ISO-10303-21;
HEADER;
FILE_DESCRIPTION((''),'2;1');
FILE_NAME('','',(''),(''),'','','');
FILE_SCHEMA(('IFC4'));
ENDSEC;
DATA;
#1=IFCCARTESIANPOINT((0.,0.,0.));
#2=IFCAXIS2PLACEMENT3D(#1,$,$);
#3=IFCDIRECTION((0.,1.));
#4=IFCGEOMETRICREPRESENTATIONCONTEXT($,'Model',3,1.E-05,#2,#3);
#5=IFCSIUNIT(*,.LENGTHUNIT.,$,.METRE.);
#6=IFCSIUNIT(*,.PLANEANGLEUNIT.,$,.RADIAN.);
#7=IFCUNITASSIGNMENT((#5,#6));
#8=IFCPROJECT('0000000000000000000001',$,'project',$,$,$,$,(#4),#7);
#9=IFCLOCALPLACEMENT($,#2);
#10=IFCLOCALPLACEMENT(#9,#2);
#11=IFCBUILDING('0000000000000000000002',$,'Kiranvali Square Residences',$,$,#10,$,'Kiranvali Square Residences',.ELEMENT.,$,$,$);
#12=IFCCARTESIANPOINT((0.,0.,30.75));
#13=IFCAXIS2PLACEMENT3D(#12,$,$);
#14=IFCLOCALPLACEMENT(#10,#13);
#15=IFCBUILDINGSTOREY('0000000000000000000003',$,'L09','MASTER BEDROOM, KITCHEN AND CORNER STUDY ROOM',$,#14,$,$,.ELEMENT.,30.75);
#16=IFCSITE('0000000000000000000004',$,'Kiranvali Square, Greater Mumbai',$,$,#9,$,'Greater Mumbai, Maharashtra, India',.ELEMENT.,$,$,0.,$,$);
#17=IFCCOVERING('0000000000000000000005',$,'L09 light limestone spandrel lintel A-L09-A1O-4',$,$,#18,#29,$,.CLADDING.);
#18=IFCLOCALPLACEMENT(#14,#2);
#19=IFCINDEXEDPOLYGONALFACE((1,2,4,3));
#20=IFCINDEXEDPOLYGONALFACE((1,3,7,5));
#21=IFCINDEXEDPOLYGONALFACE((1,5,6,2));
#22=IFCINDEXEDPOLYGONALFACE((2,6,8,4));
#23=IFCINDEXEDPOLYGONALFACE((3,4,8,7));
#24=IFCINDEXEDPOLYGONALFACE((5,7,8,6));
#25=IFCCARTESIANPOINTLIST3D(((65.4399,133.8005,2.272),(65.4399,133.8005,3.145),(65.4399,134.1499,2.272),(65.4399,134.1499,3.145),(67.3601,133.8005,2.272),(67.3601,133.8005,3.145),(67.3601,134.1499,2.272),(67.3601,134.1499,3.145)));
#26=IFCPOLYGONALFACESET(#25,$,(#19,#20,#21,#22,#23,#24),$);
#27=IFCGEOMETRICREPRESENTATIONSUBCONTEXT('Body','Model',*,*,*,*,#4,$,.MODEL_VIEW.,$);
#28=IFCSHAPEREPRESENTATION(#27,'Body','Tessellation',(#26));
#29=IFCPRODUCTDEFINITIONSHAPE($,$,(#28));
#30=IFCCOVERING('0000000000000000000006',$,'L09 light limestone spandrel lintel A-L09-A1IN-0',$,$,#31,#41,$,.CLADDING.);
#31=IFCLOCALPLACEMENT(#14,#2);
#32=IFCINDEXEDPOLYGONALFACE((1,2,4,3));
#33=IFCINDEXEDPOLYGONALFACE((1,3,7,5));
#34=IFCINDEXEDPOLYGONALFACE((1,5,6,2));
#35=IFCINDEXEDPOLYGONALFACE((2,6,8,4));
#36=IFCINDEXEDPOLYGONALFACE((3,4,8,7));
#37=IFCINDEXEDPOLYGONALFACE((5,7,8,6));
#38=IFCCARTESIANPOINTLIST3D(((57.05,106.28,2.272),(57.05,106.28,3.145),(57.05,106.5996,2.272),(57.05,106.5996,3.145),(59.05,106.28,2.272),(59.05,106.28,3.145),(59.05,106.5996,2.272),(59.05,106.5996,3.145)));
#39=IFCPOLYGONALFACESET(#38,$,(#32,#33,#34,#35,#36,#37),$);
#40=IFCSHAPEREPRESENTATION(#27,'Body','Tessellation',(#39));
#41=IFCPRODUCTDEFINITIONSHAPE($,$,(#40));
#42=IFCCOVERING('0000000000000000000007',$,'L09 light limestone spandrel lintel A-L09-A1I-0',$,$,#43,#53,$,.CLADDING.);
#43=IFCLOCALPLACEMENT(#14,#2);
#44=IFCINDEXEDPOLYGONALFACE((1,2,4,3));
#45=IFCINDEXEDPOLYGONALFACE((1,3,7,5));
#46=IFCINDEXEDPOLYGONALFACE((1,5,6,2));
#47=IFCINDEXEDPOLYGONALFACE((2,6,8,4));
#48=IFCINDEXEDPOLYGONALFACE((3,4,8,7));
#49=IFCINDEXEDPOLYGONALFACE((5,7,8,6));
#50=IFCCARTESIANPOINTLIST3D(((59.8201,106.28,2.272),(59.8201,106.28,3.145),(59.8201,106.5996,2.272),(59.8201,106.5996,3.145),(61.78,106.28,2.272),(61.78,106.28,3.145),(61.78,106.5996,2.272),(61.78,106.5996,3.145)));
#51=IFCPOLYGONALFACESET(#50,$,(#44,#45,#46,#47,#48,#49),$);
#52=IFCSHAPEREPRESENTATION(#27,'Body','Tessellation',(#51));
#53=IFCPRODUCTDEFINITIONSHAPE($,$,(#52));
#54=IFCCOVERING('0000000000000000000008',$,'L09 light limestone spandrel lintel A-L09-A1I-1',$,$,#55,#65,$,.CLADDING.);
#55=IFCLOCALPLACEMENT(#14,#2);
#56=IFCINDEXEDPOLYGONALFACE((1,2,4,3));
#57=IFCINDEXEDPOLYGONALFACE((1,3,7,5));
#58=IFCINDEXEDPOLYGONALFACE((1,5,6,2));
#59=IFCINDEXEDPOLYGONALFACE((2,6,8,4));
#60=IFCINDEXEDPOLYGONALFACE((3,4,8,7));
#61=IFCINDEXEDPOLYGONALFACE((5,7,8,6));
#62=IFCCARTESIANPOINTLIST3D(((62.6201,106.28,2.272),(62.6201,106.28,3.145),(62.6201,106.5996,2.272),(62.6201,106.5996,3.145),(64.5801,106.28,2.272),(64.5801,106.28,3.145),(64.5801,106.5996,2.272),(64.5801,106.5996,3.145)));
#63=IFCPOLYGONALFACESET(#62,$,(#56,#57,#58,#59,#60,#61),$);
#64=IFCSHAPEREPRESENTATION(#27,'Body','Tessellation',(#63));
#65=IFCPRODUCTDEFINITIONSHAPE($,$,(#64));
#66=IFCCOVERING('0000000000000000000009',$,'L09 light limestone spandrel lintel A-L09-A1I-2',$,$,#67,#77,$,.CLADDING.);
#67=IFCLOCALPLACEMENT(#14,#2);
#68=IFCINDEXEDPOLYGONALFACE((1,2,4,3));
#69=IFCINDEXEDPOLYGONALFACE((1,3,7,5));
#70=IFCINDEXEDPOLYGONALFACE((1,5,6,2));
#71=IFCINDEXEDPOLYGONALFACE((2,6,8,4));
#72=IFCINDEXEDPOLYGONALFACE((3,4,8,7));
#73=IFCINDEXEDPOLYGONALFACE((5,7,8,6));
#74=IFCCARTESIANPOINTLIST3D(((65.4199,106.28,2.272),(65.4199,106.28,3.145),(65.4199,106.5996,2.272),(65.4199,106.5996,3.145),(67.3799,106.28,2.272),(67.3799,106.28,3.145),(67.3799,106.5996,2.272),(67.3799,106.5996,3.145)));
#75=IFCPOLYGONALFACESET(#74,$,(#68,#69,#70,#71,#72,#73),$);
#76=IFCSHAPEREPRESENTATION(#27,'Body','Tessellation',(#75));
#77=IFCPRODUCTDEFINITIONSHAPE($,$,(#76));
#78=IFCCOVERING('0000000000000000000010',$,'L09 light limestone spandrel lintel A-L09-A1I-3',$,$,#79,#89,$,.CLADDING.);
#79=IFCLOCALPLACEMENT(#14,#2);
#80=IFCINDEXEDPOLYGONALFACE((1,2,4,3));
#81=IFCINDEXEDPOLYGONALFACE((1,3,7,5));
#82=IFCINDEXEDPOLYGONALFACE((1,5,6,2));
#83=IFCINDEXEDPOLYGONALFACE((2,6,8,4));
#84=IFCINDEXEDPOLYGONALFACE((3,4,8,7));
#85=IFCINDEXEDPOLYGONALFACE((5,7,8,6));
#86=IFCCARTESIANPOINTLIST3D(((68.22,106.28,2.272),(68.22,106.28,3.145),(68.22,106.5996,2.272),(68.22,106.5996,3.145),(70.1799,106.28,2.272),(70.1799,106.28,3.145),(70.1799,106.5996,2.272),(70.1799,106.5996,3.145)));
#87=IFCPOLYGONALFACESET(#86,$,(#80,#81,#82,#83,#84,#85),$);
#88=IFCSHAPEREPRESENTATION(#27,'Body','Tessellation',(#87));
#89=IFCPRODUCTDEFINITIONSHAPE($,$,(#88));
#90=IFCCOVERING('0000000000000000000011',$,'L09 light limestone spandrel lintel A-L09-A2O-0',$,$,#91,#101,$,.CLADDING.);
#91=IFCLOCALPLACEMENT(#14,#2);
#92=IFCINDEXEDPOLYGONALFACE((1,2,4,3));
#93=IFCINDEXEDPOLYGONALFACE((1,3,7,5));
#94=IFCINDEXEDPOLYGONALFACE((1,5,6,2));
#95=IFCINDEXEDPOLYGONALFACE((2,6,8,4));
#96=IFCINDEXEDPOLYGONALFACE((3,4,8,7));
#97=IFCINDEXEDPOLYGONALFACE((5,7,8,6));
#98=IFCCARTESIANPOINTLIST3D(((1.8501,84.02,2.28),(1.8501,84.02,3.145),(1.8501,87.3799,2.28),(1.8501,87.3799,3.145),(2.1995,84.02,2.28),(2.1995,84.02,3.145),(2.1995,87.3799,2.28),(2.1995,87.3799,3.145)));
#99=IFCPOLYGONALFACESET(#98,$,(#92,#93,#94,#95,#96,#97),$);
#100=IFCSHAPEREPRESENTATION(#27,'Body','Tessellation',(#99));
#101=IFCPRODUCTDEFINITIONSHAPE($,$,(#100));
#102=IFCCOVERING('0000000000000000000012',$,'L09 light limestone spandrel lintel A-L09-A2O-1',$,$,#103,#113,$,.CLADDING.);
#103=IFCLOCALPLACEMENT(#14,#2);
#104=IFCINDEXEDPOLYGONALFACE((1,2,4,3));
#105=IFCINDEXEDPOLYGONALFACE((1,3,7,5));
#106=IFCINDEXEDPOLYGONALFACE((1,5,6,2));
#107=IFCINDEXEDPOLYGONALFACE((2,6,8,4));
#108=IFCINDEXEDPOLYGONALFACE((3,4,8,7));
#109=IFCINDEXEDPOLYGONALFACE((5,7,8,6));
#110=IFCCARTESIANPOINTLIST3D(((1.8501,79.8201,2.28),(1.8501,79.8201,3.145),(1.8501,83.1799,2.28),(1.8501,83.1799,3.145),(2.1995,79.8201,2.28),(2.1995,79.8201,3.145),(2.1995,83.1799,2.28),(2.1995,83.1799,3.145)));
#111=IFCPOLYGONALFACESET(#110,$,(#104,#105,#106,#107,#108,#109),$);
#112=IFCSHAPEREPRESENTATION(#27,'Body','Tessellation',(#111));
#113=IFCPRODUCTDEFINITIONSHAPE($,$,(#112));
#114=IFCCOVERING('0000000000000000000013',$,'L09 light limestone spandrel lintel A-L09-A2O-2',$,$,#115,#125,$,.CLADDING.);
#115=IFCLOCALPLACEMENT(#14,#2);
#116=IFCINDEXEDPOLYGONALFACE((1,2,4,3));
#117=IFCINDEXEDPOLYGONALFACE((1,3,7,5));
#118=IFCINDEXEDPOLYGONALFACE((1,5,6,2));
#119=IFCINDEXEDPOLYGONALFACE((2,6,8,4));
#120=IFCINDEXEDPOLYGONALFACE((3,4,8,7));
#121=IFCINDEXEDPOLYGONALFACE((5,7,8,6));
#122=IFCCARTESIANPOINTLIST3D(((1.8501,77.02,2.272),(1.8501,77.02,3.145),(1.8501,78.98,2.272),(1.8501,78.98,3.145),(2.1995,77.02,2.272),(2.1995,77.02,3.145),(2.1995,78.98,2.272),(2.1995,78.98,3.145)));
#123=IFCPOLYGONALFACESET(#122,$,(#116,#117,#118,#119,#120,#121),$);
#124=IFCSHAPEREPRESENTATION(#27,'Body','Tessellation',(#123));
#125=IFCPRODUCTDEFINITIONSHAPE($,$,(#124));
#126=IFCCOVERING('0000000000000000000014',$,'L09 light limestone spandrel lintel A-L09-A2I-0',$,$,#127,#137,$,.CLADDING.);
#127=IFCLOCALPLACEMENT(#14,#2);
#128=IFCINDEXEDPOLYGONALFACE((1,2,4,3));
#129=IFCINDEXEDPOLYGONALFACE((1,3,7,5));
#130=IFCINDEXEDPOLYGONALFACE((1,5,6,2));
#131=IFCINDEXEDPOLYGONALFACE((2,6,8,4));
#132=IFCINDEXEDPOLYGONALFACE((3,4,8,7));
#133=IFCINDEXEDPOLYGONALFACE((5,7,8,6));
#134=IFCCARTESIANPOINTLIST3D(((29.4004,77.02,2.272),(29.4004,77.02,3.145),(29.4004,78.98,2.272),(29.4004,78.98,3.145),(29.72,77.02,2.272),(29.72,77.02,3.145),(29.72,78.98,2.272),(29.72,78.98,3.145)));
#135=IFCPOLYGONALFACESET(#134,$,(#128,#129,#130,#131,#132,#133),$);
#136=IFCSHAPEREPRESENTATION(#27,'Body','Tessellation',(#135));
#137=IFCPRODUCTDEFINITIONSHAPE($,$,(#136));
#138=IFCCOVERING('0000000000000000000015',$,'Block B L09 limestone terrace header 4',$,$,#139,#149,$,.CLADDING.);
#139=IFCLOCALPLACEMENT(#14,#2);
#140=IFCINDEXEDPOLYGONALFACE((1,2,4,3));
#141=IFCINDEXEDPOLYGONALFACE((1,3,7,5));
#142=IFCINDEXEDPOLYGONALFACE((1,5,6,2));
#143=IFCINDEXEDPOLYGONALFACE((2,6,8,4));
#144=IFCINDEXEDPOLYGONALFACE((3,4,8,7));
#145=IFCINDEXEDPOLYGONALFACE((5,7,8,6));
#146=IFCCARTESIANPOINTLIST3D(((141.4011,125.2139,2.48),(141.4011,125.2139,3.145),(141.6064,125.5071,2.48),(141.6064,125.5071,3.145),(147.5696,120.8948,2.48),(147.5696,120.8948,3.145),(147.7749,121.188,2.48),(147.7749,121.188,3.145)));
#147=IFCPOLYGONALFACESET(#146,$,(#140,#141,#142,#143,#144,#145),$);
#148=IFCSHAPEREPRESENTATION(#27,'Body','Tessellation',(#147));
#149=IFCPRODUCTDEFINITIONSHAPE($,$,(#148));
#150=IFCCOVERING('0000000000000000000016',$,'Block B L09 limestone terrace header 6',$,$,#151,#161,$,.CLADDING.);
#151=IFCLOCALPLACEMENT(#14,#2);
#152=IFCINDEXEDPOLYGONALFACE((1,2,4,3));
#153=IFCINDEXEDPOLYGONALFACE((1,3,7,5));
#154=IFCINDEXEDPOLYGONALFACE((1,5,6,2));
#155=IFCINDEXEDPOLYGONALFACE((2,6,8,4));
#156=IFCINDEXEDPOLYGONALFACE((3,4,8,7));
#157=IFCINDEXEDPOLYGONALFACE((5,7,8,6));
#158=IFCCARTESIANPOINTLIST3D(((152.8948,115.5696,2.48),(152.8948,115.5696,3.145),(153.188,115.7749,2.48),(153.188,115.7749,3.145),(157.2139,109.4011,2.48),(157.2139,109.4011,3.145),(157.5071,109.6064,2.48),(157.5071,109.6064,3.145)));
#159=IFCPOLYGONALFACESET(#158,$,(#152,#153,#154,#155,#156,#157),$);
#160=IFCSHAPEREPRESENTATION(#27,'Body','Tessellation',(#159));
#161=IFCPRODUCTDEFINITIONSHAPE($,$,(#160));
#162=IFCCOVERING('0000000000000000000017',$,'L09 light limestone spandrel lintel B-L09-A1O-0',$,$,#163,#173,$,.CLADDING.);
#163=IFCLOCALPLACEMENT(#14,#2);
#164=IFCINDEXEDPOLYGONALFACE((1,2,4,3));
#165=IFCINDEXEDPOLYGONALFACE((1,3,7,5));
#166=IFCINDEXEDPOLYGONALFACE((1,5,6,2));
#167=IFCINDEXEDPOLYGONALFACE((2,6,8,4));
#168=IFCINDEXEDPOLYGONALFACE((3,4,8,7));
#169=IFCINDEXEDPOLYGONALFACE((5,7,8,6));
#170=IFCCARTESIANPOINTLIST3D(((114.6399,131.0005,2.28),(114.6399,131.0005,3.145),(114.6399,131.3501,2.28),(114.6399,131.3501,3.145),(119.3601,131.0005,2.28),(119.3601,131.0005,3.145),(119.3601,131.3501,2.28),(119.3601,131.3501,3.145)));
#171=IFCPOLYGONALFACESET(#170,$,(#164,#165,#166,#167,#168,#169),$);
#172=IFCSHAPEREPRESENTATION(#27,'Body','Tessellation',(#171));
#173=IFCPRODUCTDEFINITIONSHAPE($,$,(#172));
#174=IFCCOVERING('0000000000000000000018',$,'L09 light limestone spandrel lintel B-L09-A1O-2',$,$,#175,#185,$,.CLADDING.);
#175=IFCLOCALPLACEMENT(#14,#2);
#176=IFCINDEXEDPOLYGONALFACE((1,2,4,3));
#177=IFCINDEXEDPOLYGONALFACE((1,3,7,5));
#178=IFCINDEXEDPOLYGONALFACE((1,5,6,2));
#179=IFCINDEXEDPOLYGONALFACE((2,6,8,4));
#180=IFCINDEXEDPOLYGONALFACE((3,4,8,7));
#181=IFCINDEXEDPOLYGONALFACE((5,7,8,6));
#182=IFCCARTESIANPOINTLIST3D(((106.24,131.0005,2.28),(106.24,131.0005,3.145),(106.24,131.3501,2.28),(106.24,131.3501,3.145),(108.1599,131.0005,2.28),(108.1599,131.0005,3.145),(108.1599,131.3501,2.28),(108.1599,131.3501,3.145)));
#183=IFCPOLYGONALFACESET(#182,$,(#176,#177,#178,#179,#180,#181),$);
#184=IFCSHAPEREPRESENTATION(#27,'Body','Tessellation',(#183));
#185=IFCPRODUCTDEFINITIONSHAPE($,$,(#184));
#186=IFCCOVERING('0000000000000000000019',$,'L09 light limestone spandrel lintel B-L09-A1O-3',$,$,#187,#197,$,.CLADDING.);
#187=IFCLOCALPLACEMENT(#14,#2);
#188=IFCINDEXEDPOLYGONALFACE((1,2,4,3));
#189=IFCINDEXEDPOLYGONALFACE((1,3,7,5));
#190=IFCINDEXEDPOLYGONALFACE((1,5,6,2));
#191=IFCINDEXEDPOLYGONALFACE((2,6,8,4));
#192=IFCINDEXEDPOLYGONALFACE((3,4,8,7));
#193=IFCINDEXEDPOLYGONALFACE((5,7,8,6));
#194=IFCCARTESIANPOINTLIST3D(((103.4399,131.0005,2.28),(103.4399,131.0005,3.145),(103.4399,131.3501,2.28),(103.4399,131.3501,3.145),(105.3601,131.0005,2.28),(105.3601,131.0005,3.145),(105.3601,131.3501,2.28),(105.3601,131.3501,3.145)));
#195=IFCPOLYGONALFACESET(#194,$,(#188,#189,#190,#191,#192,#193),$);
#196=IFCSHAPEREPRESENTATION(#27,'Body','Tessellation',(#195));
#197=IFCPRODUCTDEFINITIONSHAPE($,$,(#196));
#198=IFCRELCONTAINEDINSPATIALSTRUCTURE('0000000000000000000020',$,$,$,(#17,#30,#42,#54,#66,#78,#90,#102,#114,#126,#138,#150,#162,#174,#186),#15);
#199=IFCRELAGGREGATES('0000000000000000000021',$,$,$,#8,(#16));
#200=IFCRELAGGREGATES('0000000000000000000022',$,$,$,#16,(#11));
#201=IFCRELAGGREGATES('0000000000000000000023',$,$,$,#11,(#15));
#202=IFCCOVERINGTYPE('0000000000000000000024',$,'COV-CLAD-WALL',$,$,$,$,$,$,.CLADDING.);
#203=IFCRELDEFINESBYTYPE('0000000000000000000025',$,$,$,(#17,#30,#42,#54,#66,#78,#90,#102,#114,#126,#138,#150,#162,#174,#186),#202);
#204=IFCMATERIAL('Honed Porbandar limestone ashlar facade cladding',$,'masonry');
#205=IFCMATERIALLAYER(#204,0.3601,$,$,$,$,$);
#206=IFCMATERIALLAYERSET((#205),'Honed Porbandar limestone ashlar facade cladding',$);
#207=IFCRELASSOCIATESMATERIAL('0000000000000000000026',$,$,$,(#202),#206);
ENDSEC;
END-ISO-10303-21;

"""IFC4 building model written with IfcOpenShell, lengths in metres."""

from ifc_helpers import new_model, si_unit, direction, frame, origin, place, context, subcontext, project, spatial, polyline, outline, extrude, material, layer, layer_set, type_object, element, save


model = new_model("IFC4")

# Units and contexts
model_context = context("Model", 3, precision=1e-05, world=origin(), true_north=direction((0.0, 1.0)))
body_context = subcontext(model_context, "Body", "Model", "MODEL_VIEW")
ifc_project = project(units=[si_unit("LENGTHUNIT", "METRE"), si_unit("PLANEANGLEUNIT", "RADIAN")], contexts=[model_context])

# Site, building, storey
site_placement = place(None, origin())
site = spatial("IfcSite", under=ifc_project, at=site_placement, Name="Kiranvali Square, Greater Mumbai", LongName="Greater Mumbai, Maharashtra, India", CompositionType="ELEMENT", RefElevation=0.0)
building_placement = place(site_placement, origin())
building = spatial("IfcBuilding", under=site, at=building_placement, Name="Kiranvali Square Residences", LongName="Kiranvali Square Residences", CompositionType="ELEMENT")
storey_placement = place(building_placement, frame((0.0, 0.0, 30.75)))
storey = spatial("IfcBuildingStorey", under=building, at=storey_placement, Name="L09", Description="MASTER BEDROOM, KITCHEN AND CORNER STUDY ROOM", CompositionType="ELEMENT", Elevation=30.75)

# Coverings
ifc_material = material(Name="Honed Porbandar limestone ashlar facade cladding", Category="masonry")
ifc_layer = layer(ifc_material, 0.3601)
ifc_layer_set = layer_set([ifc_layer], Name="Honed Porbandar limestone ashlar facade cladding")
covering_type = type_object("IfcCoveringType", Name="COV-CLAD-WALL", PredefinedType="CLADDING", material=ifc_layer_set)
covering_1_placement = place(storey_placement, frame((0.0, 0.0, 2.272)))
element("IfcCovering", 1, at=covering_1_placement, inside=storey, type_object=covering_type, Name="L09 light limestone spandrel lintel A-L09-A1O-4", PredefinedType="CLADDING", context=body_context, shape_type="SweptSolid", body=[
    extrude(outline(polyline([(65.4399, 133.8005), (67.3601, 133.8005), (67.3601, 134.1499), (65.4399, 134.1499), (65.4399, 133.8005)])), origin(), (0.0, 0.0, 1.0), 0.873),
])
covering_2_placement = place(storey_placement, frame((0.0, 0.0, 2.272)))
element("IfcCovering", 2, at=covering_2_placement, inside=storey, type_object=covering_type, Name="L09 light limestone spandrel lintel A-L09-A1IN-0", PredefinedType="CLADDING", context=body_context, shape_type="SweptSolid", body=[
    extrude(outline(polyline([(57.05, 106.28), (59.05, 106.28), (59.05, 106.5996), (57.05, 106.5996), (57.05, 106.28)])), origin(), (0.0, 0.0, 1.0), 0.873),
])
covering_3_placement = place(storey_placement, frame((0.0, 0.0, 2.272)))
element("IfcCovering", 3, at=covering_3_placement, inside=storey, type_object=covering_type, Name="L09 light limestone spandrel lintel A-L09-A1I-0", PredefinedType="CLADDING", context=body_context, shape_type="SweptSolid", body=[
    extrude(outline(polyline([(59.8201, 106.28), (61.78, 106.28), (61.78, 106.5996), (59.8201, 106.5996), (59.8201, 106.28)])), origin(), (0.0, 0.0, 1.0), 0.873),
])
covering_4_placement = place(storey_placement, frame((0.0, 0.0, 2.272)))
element("IfcCovering", 4, at=covering_4_placement, inside=storey, type_object=covering_type, Name="L09 light limestone spandrel lintel A-L09-A1I-1", PredefinedType="CLADDING", context=body_context, shape_type="SweptSolid", body=[
    extrude(outline(polyline([(62.6201, 106.28), (64.5801, 106.28), (64.5801, 106.5996), (62.6201, 106.5996), (62.6201, 106.28)])), origin(), (0.0, 0.0, 1.0), 0.873),
])
covering_5_placement = place(storey_placement, frame((0.0, 0.0, 2.272)))
element("IfcCovering", 5, at=covering_5_placement, inside=storey, type_object=covering_type, Name="L09 light limestone spandrel lintel A-L09-A1I-2", PredefinedType="CLADDING", context=body_context, shape_type="SweptSolid", body=[
    extrude(outline(polyline([(65.4199, 106.28), (67.3799, 106.28), (67.3799, 106.5996), (65.4199, 106.5996), (65.4199, 106.28)])), origin(), (0.0, 0.0, 1.0), 0.873),
])
covering_6_placement = place(storey_placement, frame((0.0, 0.0, 2.272)))
element("IfcCovering", 6, at=covering_6_placement, inside=storey, type_object=covering_type, Name="L09 light limestone spandrel lintel A-L09-A1I-3", PredefinedType="CLADDING", context=body_context, shape_type="SweptSolid", body=[
    extrude(outline(polyline([(68.22, 106.28), (70.1799, 106.28), (70.1799, 106.5996), (68.22, 106.5996), (68.22, 106.28)])), origin(), (0.0, 0.0, 1.0), 0.873),
])
covering_7_placement = place(storey_placement, frame((0.0, 0.0, 2.28)))
element("IfcCovering", 7, at=covering_7_placement, inside=storey, type_object=covering_type, Name="L09 light limestone spandrel lintel A-L09-A2O-0", PredefinedType="CLADDING", context=body_context, shape_type="SweptSolid", body=[
    extrude(outline(polyline([(1.8501, 87.3799), (1.8501, 84.02), (2.1995, 84.02), (2.1995, 87.3799), (1.8501, 87.3799)])), origin(), (0.0, 0.0, 1.0), 0.865),
])
covering_8_placement = place(storey_placement, frame((0.0, 0.0, 2.28)))
element("IfcCovering", 8, at=covering_8_placement, inside=storey, type_object=covering_type, Name="L09 light limestone spandrel lintel A-L09-A2O-1", PredefinedType="CLADDING", context=body_context, shape_type="SweptSolid", body=[
    extrude(outline(polyline([(1.8501, 83.1799), (1.8501, 79.8201), (2.1995, 79.8201), (2.1995, 83.1799), (1.8501, 83.1799)])), origin(), (0.0, 0.0, 1.0), 0.865),
])
covering_9_placement = place(storey_placement, frame((0.0, 0.0, 2.272)))
element("IfcCovering", 9, at=covering_9_placement, inside=storey, type_object=covering_type, Name="L09 light limestone spandrel lintel A-L09-A2O-2", PredefinedType="CLADDING", context=body_context, shape_type="SweptSolid", body=[
    extrude(outline(polyline([(1.8501, 78.98), (1.8501, 77.02), (2.1995, 77.02), (2.1995, 78.98), (1.8501, 78.98)])), origin(), (0.0, 0.0, 1.0), 0.873),
])
covering_10_placement = place(storey_placement, frame((0.0, 0.0, 2.272)))
element("IfcCovering", 10, at=covering_10_placement, inside=storey, type_object=covering_type, Name="L09 light limestone spandrel lintel A-L09-A2I-0", PredefinedType="CLADDING", context=body_context, shape_type="SweptSolid", body=[
    extrude(outline(polyline([(29.4004, 78.98), (29.4004, 77.02), (29.72, 77.02), (29.72, 78.98), (29.4004, 78.98)])), origin(), (0.0, 0.0, 1.0), 0.873),
])
covering_11_placement = place(storey_placement, frame((0.0, 0.0, 2.48)))
element("IfcCovering", 11, at=covering_11_placement, inside=storey, type_object=covering_type, Name="Block B L09 limestone terrace header 4", PredefinedType="CLADDING", context=body_context, shape_type="SweptSolid", body=[
    extrude(outline(polyline([(141.4011, 125.2139), (147.5696, 120.8948), (147.7749, 121.188), (141.6064, 125.5071), (141.4011, 125.2139)])), origin(), (0.0, 0.0, 1.0), 0.665),
])
covering_12_placement = place(storey_placement, frame((0.0, 0.0, 2.48)))
element("IfcCovering", 12, at=covering_12_placement, inside=storey, type_object=covering_type, Name="Block B L09 limestone terrace header 6", PredefinedType="CLADDING", context=body_context, shape_type="SweptSolid", body=[
    extrude(outline(polyline([(152.8948, 115.5696), (157.2139, 109.4011), (157.5071, 109.6064), (153.188, 115.7749), (152.8948, 115.5696)])), origin(), (0.0, 0.0, 1.0), 0.665),
])
covering_13_placement = place(storey_placement, frame((0.0, 0.0, 2.28)))
element("IfcCovering", 13, at=covering_13_placement, inside=storey, type_object=covering_type, Name="L09 light limestone spandrel lintel B-L09-A1O-0", PredefinedType="CLADDING", context=body_context, shape_type="SweptSolid", body=[
    extrude(outline(polyline([(119.3601, 131.3501), (114.6399, 131.3501), (114.6399, 131.0005), (119.3601, 131.0005), (119.3601, 131.3501)])), origin(), (0.0, 0.0, 1.0), 0.865),
])
covering_14_placement = place(storey_placement, frame((0.0, 0.0, 2.28)))
element("IfcCovering", 14, at=covering_14_placement, inside=storey, type_object=covering_type, Name="L09 light limestone spandrel lintel B-L09-A1O-2", PredefinedType="CLADDING", context=body_context, shape_type="SweptSolid", body=[
    extrude(outline(polyline([(108.1599, 131.3501), (106.24, 131.3501), (106.24, 131.0005), (108.1599, 131.0005), (108.1599, 131.3501)])), origin(), (0.0, 0.0, 1.0), 0.865),
])
covering_15_placement = place(storey_placement, frame((0.0, 0.0, 2.28)))
element("IfcCovering", 15, at=covering_15_placement, inside=storey, type_object=covering_type, Name="L09 light limestone spandrel lintel B-L09-A1O-3", PredefinedType="CLADDING", context=body_context, shape_type="SweptSolid", body=[
    extrude(outline(polyline([(105.3601, 131.3501), (103.4399, 131.3501), (103.4399, 131.0005), (105.3601, 131.0005), (105.3601, 131.3501)])), origin(), (0.0, 0.0, 1.0), 0.865),
])

save(model, "model.ifc")
